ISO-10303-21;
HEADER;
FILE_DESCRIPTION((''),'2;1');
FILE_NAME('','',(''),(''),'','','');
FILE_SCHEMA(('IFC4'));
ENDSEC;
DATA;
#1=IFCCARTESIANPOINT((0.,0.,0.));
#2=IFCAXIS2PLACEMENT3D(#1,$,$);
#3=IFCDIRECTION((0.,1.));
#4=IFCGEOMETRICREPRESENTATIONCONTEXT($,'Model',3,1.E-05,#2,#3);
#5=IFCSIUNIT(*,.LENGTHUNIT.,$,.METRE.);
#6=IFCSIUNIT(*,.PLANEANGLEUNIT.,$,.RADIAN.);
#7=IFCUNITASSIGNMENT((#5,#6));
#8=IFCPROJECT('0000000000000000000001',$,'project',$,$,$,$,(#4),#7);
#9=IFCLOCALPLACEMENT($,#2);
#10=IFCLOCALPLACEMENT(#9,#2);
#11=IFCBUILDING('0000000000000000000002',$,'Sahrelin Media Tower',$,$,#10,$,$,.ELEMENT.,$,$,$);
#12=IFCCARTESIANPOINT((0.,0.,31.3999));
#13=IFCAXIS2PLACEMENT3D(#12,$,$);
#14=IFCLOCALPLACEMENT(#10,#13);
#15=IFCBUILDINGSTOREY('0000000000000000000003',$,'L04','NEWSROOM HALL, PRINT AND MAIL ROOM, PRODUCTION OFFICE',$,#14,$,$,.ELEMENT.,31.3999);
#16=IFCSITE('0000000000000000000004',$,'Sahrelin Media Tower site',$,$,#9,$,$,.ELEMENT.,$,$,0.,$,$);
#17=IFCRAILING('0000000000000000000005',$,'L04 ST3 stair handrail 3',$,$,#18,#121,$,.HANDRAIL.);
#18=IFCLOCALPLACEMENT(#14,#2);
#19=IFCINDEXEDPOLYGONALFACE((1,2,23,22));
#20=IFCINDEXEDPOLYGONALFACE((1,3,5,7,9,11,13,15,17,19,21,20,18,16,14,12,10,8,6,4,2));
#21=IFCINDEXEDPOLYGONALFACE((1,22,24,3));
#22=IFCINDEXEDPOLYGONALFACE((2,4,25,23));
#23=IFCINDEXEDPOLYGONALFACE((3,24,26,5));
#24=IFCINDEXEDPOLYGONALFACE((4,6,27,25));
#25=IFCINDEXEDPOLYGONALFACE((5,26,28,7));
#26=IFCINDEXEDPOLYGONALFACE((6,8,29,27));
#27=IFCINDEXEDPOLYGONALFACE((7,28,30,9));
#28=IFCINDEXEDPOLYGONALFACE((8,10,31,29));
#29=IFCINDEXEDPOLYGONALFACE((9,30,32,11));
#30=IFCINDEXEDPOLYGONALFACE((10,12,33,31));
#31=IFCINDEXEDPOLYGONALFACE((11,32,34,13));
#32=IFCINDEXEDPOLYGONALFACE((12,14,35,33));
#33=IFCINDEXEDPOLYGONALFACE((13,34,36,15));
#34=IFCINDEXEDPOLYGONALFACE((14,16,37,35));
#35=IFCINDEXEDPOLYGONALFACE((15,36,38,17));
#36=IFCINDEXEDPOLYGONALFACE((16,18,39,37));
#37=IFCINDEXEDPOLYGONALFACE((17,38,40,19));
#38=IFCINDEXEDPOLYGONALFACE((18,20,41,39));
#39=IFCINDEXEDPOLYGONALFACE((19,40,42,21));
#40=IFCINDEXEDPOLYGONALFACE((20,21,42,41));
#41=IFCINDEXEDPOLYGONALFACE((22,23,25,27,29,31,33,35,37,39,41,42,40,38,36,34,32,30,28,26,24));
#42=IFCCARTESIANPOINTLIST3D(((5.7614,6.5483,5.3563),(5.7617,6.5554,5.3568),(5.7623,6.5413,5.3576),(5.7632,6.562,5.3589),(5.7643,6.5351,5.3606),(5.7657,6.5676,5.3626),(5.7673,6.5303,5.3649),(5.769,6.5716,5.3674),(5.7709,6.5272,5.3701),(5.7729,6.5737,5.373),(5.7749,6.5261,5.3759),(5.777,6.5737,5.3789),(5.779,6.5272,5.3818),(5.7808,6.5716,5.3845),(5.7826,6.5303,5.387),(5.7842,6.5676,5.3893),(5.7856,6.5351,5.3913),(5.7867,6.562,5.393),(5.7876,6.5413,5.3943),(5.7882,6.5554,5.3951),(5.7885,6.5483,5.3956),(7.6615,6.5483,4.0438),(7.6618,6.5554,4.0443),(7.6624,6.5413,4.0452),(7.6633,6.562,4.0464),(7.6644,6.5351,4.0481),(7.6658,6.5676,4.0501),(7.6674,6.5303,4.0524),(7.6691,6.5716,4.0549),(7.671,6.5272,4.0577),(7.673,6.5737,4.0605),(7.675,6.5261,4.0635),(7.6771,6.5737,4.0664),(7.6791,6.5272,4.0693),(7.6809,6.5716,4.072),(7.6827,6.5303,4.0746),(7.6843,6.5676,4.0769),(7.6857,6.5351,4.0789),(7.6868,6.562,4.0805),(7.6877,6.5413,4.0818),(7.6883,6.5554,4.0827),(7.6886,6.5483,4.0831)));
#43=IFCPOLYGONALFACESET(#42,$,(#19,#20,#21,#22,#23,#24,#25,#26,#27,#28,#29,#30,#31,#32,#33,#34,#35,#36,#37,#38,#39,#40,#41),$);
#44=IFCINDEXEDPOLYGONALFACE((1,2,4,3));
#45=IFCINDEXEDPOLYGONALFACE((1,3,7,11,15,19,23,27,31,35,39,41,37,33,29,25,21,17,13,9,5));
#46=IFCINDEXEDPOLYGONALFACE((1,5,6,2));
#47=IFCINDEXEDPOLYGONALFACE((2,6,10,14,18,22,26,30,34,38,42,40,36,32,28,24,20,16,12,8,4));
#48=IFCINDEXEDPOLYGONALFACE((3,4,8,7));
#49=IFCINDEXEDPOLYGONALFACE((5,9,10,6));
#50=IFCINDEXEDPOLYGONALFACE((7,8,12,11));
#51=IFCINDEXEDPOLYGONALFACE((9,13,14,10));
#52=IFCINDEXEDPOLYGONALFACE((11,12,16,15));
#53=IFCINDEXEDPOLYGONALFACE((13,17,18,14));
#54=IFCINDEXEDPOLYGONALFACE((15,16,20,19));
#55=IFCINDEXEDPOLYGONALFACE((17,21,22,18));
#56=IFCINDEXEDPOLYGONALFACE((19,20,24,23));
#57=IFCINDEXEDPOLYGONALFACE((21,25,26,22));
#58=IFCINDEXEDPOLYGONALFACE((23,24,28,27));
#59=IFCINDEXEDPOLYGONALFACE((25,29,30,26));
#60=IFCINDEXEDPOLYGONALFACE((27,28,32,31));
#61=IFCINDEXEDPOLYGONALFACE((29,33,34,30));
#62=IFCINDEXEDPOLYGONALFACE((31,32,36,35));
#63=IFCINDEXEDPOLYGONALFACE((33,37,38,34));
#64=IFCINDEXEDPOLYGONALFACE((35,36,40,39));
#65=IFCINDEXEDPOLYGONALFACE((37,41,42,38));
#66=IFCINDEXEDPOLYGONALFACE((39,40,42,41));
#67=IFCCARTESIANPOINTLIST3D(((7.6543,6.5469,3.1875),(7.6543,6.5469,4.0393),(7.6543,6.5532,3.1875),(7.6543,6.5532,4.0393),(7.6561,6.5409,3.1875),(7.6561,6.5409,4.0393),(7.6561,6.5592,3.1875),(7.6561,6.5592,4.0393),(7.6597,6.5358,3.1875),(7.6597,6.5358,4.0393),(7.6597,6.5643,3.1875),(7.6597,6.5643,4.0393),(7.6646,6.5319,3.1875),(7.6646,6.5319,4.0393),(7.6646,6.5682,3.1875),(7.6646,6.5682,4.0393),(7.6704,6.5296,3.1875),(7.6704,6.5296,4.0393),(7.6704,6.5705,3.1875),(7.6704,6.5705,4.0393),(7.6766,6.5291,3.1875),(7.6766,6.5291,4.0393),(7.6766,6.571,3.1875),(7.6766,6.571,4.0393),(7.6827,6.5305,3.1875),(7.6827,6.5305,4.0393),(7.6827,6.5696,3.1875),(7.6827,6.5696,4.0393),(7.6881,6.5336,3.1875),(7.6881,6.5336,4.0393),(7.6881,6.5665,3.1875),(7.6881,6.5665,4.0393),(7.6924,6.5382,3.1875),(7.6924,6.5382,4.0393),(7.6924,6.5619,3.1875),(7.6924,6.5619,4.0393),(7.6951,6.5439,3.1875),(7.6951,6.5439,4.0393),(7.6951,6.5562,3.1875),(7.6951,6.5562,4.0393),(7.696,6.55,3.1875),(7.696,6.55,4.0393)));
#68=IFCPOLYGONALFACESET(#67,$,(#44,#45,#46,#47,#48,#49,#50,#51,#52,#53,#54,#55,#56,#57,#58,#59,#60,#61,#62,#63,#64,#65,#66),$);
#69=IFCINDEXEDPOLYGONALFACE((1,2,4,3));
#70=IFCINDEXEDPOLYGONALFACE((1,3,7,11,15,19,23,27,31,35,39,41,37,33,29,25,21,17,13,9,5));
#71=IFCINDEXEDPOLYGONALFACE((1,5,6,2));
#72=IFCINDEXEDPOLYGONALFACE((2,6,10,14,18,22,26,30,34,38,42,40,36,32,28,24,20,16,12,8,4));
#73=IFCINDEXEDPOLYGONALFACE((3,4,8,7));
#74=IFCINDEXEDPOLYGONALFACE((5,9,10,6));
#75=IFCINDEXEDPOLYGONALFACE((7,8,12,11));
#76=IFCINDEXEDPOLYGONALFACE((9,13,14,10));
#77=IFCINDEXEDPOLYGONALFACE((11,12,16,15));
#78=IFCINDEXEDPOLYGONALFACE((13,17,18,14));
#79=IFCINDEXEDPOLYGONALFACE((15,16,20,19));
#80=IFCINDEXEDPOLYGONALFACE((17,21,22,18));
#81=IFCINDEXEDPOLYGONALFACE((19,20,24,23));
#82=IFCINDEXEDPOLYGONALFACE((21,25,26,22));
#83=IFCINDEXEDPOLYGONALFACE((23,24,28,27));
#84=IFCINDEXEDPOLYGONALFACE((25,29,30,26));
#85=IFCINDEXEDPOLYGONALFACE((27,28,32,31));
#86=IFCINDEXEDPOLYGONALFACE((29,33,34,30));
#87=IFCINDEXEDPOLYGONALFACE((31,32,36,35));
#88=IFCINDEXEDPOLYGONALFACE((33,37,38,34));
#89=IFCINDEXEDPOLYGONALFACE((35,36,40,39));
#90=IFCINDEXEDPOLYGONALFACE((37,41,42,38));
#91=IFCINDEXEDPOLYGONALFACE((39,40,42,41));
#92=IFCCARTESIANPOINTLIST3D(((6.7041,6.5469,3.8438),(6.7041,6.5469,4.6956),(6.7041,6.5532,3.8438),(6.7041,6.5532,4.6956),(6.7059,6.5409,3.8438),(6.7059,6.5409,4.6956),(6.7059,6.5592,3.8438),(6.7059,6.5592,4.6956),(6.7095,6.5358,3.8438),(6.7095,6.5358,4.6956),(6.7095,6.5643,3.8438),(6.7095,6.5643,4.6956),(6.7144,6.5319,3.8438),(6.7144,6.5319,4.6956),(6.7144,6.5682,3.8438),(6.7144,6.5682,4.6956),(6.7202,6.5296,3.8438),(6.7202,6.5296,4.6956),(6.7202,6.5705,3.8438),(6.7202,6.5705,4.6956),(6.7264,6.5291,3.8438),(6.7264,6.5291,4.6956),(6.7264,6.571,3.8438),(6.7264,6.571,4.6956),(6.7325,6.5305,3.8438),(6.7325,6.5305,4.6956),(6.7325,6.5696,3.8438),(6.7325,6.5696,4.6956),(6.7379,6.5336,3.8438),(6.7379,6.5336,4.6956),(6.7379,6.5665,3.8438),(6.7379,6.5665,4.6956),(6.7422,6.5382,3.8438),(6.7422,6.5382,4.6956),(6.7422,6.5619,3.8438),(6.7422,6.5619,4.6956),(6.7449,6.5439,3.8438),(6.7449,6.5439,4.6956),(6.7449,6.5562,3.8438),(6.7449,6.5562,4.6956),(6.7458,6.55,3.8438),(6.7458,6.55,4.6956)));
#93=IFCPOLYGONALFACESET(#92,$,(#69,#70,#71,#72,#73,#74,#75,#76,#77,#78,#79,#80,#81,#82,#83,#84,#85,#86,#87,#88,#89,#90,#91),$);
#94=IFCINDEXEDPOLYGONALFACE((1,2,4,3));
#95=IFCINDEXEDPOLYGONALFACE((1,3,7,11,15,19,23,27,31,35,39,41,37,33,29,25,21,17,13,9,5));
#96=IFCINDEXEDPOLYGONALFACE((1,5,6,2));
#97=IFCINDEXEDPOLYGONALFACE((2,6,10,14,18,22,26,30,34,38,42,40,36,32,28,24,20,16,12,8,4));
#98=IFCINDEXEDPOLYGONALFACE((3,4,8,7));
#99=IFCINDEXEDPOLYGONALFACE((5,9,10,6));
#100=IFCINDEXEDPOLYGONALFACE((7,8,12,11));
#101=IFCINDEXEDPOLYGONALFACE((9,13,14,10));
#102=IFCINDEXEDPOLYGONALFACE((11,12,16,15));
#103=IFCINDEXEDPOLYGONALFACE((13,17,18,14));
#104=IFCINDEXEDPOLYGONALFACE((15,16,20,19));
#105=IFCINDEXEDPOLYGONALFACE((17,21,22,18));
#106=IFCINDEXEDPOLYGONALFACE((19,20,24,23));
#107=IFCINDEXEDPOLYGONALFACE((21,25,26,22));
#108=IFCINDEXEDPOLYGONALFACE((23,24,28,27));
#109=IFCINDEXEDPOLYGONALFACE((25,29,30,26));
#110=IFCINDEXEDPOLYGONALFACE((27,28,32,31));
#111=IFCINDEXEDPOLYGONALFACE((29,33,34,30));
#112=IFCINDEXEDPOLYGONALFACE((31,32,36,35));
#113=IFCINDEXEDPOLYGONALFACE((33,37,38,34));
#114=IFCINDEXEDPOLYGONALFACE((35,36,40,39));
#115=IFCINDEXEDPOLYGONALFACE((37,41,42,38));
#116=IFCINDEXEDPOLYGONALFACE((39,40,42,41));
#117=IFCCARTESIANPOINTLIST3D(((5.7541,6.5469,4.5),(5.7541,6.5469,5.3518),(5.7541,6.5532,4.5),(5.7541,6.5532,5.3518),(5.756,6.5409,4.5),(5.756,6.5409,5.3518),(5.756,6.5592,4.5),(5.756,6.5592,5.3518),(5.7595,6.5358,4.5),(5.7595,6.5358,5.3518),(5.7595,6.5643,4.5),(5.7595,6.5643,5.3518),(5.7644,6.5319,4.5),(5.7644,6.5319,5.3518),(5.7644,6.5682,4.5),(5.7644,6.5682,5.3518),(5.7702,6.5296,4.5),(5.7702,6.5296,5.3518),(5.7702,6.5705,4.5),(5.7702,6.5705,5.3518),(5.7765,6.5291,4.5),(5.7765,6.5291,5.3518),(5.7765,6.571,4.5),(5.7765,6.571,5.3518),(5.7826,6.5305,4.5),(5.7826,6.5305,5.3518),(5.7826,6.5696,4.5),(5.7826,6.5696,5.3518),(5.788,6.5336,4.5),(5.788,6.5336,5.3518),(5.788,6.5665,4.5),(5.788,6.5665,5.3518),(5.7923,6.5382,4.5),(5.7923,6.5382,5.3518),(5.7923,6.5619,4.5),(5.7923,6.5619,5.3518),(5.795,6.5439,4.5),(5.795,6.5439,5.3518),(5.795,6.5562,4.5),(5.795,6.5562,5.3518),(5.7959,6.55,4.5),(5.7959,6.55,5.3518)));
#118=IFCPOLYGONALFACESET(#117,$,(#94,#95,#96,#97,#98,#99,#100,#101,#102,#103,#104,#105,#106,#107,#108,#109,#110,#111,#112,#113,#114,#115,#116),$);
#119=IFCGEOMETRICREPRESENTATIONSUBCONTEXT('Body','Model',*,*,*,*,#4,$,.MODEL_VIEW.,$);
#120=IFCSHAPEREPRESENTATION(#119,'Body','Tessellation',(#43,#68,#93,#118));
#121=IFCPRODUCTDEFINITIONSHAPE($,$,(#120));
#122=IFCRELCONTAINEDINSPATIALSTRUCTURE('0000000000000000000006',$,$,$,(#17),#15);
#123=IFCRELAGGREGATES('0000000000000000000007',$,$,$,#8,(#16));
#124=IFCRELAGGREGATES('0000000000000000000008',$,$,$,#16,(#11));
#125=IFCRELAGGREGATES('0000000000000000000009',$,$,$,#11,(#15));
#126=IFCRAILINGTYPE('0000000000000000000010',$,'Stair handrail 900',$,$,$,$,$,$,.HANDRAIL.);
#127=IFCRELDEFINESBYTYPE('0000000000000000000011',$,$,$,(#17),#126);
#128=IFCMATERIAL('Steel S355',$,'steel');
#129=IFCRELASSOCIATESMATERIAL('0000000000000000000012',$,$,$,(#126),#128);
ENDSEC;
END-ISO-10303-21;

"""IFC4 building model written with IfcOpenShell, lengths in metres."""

from ifc_helpers import new_model, si_unit, direction, frame, origin, origin_2d, place, context, subcontext, project, spatial, circle, extrude, material, type_object, element, save


model = new_model("IFC4")

# Units and contexts
model_context = context("Model", 3, precision=1e-05, world=origin(), true_north=direction((0.0, 1.0)))
body_context = subcontext(model_context, "Body", "Model", "MODEL_VIEW")
ifc_project = project(units=[si_unit("LENGTHUNIT", "METRE"), si_unit("PLANEANGLEUNIT", "RADIAN")], contexts=[model_context])

# Site, building, storey
site_placement = place(None, origin())
site = spatial("IfcSite", under=ifc_project, at=site_placement, Name="Sahrelin Media Tower site", CompositionType="ELEMENT", RefElevation=0.0)
building_placement = place(site_placement, origin())
building = spatial("IfcBuilding", under=site, at=building_placement, Name="Sahrelin Media Tower", CompositionType="ELEMENT")
storey_placement = place(building_placement, frame((0.0, 0.0, 31.3999)))
storey = spatial("IfcBuildingStorey", under=building, at=storey_placement, Name="L04", Description="NEWSROOM HALL, PRINT AND MAIL ROOM, PRODUCTION OFFICE", CompositionType="ELEMENT", Elevation=31.3999)

# Shared definitions
ifc_material_1 = material(Name="Steel S355", Category="steel")

# Railing
railing_type_1 = type_object("IfcRailingType", Name="Stair handrail 900", PredefinedType="HANDRAIL", material=ifc_material_1)
for number, where, name in (
    (1, (7.675, 6.55, 3.1875), "L04 ST3 stair handrail 3"),
):
    element("IfcRailing", number, at=place(storey_placement, frame(where)), inside=storey, type_object=railing_type_1, Name=name, PredefinedType="HANDRAIL", context=body_context, shape_type="SweptSolid", body=[
        extrude(circle(Radius=0.0239, at=origin_2d()), frame((0.0, 0.0, 0.876), z_axis=(-0.822797, 0.0, 0.568336), x_axis=(0.0, -1.0, 0.0)), (0.0, 0.0, 1.0), 2.3093),
        extrude(circle(Radius=0.021, at=origin_2d()), origin(), (0.0, 0.0, 1.0), 0.8518),
        extrude(circle(Radius=0.021, at=origin_2d()), frame((-0.9502, 0.0, 0.6562)), (0.0, 0.0, 1.0), 0.8518),
        extrude(circle(Radius=0.021, at=origin_2d()), frame((-1.9001, 0.0, 1.3125)), (0.0, 0.0, 1.0), 0.8518),
    ])

save(model, "model.ifc")
